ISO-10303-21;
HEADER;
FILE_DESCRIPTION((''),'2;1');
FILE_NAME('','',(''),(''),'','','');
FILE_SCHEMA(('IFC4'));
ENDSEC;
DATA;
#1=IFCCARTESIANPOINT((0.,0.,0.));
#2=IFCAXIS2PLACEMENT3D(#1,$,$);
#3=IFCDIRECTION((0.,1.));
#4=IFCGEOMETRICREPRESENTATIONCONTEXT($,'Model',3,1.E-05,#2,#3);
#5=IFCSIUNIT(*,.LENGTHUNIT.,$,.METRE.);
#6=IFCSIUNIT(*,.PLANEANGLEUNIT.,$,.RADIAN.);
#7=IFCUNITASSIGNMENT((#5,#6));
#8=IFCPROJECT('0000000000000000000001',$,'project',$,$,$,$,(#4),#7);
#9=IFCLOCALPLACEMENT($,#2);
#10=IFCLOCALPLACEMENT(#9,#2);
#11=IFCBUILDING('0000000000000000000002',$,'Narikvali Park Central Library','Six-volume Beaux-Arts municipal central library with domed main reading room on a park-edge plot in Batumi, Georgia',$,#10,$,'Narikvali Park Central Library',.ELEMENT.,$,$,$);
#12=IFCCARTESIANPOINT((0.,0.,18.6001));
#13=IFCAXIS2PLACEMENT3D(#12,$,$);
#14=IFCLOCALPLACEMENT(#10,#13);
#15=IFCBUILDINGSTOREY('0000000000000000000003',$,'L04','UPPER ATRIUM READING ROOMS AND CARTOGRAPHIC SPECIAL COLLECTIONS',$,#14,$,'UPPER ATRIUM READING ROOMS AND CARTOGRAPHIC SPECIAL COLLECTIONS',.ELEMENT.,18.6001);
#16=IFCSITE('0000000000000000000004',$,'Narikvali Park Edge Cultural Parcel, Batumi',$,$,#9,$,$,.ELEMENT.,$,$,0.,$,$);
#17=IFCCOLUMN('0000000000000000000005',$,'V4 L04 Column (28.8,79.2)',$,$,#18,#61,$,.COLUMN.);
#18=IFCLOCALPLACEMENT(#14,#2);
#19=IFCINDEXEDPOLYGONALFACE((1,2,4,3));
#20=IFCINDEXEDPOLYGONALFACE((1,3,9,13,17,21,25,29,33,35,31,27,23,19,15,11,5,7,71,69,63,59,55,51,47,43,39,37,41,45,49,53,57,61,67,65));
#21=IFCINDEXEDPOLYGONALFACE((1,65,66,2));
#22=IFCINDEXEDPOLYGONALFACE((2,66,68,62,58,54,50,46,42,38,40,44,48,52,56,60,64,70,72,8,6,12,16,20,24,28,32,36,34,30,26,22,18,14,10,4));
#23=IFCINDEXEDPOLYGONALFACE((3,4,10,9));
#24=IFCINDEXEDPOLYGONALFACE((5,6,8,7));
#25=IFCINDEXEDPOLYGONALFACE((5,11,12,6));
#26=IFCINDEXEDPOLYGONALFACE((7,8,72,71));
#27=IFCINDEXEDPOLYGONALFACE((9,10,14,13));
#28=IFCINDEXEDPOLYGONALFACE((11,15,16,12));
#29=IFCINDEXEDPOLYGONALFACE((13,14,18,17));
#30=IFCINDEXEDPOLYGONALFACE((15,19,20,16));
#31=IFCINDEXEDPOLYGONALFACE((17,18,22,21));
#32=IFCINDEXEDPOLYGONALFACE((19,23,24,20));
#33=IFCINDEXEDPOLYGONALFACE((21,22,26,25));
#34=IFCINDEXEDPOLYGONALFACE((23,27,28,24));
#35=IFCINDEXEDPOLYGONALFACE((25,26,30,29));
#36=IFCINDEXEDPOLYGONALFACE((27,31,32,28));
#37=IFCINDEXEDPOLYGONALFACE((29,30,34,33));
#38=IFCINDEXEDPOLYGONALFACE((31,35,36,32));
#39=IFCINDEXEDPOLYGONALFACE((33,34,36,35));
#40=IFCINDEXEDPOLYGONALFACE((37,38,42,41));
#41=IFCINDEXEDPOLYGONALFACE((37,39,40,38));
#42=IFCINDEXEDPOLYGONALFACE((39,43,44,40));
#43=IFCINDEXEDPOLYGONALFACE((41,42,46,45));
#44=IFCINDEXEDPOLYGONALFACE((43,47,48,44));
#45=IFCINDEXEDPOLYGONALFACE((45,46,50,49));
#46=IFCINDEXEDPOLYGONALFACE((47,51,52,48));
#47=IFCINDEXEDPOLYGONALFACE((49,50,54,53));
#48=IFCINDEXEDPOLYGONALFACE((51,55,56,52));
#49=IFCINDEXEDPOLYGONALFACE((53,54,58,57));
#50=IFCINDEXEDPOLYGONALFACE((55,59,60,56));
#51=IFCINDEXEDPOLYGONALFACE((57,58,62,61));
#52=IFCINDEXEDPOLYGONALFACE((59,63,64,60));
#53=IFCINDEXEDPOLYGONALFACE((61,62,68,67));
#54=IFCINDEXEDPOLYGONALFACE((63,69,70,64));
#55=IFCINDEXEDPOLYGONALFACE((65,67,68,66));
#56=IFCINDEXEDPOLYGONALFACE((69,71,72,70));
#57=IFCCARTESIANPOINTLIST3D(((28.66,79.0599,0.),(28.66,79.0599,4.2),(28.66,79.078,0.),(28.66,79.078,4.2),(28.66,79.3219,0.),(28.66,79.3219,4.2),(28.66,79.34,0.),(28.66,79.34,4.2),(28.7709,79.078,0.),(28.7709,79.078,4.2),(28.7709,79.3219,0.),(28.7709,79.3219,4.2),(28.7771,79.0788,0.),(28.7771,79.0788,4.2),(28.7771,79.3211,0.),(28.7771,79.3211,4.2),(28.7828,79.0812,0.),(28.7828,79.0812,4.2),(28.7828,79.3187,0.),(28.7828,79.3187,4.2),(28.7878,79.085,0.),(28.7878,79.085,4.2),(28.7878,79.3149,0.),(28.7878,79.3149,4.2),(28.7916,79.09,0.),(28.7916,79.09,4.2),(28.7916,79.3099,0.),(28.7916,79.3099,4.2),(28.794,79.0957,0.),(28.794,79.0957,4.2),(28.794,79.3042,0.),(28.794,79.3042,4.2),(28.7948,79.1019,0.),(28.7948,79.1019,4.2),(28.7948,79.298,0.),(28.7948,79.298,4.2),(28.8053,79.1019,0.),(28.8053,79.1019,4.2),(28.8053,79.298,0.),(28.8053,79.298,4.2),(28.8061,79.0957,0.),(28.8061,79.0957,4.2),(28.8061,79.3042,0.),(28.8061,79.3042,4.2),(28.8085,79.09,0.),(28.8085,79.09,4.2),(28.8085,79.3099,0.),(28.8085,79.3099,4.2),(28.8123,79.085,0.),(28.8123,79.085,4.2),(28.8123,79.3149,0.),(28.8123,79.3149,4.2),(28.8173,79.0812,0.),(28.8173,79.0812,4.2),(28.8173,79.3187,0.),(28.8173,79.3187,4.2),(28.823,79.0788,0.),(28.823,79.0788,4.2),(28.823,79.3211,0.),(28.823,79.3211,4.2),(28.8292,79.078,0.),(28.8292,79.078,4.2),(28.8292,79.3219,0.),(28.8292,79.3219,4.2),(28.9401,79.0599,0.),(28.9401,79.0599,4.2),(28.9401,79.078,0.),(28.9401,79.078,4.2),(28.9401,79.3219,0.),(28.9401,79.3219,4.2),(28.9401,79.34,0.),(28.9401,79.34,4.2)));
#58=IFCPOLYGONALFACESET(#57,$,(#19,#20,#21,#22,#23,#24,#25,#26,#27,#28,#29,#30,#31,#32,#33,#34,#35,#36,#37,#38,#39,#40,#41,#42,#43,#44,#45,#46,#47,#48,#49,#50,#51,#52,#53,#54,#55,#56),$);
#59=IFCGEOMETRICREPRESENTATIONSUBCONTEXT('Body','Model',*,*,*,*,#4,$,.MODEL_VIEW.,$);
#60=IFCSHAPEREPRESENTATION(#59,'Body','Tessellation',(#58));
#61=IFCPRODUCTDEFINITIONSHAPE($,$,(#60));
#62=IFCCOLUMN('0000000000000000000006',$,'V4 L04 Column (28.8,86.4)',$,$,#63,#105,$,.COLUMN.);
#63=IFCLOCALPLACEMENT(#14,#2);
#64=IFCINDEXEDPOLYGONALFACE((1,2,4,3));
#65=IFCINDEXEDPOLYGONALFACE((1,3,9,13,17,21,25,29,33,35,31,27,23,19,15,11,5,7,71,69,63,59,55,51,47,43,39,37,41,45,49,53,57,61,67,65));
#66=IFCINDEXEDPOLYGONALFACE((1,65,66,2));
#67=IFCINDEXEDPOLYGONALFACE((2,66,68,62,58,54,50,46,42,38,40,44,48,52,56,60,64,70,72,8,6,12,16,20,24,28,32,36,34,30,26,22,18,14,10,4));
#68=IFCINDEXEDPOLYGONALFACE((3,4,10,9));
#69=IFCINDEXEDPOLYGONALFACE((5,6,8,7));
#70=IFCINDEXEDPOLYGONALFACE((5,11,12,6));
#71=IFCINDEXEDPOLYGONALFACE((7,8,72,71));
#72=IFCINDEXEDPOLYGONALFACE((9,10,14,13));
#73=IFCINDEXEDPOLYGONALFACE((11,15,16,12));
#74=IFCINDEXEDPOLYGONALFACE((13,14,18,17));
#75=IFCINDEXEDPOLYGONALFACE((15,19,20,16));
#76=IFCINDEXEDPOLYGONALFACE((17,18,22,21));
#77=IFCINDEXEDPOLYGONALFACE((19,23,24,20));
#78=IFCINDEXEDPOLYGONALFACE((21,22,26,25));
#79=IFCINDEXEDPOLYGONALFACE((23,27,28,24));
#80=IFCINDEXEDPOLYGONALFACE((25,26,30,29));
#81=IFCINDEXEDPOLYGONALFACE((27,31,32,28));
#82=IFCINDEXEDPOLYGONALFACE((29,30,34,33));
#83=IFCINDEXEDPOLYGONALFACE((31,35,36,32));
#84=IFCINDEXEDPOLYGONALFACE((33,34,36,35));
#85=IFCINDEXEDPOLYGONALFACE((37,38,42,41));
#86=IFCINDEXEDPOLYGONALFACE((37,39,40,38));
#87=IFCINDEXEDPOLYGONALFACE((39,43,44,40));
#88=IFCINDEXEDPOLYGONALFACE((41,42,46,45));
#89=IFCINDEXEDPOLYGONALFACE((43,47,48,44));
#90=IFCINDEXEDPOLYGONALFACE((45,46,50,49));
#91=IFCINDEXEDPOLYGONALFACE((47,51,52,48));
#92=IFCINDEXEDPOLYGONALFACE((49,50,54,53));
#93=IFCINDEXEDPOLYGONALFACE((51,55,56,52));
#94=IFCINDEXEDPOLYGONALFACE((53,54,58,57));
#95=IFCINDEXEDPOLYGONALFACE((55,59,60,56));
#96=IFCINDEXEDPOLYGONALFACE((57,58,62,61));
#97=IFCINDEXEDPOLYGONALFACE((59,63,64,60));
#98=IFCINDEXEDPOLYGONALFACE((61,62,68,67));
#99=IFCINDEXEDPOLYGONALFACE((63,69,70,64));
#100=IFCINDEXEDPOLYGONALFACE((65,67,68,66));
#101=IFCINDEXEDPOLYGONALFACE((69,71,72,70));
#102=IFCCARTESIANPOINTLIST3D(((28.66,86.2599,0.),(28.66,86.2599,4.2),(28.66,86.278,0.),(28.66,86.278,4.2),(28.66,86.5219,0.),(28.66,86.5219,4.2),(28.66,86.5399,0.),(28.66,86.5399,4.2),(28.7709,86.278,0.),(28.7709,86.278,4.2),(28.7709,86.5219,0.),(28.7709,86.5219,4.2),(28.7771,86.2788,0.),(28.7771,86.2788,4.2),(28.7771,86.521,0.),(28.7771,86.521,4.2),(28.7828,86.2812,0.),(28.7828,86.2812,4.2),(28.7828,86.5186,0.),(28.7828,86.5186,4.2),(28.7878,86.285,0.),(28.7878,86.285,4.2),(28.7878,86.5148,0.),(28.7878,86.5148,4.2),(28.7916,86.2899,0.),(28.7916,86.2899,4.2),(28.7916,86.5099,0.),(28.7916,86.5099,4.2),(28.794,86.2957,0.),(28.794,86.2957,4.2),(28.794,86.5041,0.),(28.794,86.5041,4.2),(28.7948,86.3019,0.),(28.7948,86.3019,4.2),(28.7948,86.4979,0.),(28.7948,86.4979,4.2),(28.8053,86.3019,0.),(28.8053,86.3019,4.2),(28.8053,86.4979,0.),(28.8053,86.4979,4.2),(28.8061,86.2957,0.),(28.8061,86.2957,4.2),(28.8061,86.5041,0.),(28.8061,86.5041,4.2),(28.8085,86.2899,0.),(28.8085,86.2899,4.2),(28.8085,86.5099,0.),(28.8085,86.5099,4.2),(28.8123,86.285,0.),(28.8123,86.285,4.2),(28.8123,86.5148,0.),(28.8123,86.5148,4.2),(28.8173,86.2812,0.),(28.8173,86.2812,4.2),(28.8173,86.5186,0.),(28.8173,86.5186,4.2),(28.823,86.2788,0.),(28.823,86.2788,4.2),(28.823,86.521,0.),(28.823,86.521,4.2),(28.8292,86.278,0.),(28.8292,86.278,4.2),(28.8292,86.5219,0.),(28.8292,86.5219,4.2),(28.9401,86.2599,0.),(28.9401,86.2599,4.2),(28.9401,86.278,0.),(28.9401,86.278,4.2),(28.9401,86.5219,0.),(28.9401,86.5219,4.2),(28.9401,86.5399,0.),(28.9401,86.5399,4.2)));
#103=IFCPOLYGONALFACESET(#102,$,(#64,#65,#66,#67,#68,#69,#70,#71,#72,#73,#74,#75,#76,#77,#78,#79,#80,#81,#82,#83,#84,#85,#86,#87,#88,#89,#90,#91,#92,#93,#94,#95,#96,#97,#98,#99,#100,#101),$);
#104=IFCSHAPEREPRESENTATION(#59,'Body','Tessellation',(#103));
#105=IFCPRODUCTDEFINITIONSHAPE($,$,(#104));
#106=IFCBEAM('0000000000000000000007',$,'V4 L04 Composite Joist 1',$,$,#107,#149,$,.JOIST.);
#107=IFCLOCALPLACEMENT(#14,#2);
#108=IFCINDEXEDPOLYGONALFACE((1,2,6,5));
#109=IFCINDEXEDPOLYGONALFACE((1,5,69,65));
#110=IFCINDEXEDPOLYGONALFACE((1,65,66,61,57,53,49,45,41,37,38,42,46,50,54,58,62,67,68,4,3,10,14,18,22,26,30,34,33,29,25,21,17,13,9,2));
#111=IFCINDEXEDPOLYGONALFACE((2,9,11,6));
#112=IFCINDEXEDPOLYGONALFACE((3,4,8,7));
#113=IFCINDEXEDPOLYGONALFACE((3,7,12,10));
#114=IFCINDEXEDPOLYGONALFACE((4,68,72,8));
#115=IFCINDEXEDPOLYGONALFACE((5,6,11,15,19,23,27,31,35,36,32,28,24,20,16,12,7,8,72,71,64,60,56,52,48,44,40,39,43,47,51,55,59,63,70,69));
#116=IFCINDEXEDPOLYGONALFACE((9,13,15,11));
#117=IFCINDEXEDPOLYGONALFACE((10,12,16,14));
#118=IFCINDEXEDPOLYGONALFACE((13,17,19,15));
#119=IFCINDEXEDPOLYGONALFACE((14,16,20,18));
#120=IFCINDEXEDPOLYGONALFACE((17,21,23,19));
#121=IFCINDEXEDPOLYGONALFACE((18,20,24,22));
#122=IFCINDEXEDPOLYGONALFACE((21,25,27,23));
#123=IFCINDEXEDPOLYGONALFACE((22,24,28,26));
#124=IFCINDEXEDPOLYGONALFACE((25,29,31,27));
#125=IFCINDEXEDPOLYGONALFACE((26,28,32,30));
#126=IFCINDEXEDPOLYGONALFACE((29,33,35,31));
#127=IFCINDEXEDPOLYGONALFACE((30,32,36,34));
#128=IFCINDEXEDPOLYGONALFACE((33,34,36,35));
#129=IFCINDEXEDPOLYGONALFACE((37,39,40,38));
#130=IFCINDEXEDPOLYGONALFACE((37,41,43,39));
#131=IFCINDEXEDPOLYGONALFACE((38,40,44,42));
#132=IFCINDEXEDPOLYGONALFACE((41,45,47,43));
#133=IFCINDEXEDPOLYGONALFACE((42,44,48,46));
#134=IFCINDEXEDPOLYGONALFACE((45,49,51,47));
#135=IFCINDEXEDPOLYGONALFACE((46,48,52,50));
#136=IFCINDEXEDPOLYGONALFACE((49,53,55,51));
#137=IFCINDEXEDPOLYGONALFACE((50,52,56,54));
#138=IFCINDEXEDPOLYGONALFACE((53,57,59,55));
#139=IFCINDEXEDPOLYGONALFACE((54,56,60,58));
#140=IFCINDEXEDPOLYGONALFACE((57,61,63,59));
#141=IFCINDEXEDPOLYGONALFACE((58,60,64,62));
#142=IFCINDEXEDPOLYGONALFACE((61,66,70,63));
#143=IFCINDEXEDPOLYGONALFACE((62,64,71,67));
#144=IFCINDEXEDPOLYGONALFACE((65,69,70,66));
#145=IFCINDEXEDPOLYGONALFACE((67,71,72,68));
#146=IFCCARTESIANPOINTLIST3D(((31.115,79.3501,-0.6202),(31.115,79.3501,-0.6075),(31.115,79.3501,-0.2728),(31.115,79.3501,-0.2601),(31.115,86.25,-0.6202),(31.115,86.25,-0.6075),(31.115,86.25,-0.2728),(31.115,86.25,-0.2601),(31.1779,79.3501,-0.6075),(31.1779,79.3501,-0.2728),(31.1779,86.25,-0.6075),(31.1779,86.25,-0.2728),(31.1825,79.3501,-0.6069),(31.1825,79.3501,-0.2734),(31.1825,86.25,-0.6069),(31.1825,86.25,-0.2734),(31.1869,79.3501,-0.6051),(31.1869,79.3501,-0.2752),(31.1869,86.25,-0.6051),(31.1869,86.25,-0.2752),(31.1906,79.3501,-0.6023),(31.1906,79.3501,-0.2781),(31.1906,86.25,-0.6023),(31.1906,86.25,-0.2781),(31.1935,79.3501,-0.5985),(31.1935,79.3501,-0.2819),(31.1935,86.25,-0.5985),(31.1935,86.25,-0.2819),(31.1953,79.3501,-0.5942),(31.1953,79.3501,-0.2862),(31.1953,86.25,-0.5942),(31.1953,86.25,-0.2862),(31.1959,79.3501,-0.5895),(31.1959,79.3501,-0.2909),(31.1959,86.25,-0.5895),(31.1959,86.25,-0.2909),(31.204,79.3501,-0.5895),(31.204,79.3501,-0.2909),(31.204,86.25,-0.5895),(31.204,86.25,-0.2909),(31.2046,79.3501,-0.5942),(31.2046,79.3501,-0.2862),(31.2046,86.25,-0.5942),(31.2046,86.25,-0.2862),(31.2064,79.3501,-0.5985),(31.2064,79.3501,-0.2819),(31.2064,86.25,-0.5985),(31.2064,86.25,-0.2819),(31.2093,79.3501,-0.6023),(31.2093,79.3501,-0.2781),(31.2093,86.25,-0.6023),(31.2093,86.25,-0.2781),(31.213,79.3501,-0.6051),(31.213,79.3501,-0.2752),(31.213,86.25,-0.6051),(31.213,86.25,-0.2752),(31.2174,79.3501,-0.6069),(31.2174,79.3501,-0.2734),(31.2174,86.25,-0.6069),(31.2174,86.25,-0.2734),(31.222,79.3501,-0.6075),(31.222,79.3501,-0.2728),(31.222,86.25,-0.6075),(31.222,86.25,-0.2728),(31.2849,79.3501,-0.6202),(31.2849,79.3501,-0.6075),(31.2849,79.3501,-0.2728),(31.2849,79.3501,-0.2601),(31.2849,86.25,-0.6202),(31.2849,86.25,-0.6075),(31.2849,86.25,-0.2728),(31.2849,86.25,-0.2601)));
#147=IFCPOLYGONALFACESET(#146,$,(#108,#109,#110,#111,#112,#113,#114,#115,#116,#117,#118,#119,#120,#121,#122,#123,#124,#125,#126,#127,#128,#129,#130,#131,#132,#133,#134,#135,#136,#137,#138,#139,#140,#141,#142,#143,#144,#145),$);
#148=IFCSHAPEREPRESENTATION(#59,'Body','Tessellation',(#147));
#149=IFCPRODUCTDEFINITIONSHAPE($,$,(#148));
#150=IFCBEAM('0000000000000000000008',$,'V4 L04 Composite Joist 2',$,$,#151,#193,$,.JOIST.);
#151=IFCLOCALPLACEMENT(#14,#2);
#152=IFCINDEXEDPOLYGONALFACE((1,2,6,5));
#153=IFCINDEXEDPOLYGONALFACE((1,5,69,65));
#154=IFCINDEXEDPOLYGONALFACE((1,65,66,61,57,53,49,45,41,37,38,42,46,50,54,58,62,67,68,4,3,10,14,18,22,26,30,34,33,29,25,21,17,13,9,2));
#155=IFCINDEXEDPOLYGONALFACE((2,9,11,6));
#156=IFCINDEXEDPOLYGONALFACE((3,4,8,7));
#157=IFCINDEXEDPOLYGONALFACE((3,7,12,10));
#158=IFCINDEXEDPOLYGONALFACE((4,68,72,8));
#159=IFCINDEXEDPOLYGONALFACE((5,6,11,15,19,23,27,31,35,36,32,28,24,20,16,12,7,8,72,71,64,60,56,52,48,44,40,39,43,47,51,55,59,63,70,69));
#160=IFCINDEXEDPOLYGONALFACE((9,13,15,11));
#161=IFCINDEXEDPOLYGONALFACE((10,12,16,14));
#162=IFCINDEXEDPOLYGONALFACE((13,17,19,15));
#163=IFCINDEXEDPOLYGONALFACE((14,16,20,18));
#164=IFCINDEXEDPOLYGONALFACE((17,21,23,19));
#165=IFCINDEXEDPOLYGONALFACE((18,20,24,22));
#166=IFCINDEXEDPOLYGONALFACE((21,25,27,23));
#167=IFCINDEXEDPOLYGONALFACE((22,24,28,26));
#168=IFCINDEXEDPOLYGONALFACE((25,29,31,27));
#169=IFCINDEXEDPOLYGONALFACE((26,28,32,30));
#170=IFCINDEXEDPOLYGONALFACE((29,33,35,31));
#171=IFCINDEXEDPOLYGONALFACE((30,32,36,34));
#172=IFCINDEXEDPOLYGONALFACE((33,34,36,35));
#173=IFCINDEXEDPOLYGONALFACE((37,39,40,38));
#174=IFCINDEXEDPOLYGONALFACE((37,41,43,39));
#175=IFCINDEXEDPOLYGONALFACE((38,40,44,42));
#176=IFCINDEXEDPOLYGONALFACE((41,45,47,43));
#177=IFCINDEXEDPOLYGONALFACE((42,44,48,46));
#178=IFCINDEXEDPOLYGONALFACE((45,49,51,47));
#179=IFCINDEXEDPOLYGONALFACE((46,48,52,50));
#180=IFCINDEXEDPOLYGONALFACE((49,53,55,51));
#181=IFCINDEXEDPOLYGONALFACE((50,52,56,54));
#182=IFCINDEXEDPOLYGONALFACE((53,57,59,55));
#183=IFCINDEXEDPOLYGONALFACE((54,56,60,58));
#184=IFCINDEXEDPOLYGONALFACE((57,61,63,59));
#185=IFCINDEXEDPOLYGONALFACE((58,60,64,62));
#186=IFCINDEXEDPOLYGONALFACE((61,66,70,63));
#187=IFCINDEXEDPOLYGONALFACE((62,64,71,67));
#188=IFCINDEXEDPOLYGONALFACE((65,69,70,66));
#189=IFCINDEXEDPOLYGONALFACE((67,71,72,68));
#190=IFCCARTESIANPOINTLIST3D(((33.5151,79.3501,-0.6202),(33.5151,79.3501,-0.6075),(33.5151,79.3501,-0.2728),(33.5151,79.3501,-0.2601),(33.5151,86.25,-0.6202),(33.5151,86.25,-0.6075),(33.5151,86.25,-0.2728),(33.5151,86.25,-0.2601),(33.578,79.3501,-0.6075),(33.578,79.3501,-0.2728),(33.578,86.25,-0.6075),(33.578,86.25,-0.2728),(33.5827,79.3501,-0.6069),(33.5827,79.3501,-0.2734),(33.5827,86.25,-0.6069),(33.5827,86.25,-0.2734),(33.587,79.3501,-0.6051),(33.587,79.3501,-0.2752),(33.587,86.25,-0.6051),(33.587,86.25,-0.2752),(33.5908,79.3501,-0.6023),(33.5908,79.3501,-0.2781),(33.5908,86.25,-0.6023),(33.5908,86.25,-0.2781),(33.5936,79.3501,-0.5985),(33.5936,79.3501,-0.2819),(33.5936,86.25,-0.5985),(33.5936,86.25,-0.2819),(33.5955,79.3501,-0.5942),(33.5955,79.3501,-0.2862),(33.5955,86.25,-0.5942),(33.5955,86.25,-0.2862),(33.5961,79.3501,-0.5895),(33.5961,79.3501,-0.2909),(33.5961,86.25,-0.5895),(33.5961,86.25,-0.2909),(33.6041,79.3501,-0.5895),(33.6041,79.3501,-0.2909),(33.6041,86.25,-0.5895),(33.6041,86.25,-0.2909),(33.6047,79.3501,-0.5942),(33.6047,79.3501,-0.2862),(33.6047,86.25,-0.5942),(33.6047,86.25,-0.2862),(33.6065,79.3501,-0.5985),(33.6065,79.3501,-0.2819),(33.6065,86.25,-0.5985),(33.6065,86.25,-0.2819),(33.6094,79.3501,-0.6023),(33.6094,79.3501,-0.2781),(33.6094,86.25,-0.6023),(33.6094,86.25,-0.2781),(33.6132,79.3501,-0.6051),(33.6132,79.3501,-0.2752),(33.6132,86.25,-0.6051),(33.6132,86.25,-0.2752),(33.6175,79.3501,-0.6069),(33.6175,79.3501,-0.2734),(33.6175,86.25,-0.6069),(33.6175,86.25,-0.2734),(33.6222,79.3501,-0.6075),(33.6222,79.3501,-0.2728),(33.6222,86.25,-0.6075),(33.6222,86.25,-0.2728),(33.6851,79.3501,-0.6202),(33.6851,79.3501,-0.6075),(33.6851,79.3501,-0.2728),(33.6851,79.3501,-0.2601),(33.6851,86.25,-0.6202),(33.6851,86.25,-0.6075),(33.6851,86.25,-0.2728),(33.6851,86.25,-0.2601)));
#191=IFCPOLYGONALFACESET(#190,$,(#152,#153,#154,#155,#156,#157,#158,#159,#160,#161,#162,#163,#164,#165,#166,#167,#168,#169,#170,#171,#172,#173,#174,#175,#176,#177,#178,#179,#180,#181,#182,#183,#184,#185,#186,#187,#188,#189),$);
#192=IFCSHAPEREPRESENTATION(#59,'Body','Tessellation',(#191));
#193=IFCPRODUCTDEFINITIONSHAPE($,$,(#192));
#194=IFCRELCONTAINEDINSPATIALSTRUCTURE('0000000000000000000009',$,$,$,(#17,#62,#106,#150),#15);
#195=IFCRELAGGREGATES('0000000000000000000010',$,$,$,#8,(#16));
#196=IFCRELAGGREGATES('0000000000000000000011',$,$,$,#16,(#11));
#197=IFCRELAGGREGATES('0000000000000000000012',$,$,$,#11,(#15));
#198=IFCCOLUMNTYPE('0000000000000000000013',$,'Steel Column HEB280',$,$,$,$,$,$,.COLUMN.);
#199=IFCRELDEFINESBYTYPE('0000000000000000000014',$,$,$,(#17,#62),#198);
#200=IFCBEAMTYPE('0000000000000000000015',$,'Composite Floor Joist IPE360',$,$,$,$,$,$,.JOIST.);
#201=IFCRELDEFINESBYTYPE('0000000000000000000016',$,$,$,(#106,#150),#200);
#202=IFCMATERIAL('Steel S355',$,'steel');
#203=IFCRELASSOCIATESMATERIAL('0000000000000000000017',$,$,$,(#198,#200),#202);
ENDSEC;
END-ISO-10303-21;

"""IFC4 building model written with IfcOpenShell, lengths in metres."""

from ifc_helpers import new_model, si_unit, direction, frame, origin, origin_2d, place, context, subcontext, project, spatial, i_section, extrude, material, material_profile, profile_set, type_object, element, save


model = new_model("IFC4")

# Units and contexts
model_context = context("Model", 3, precision=1e-05, world=origin(), true_north=direction((0.0, 1.0)))
body_context = subcontext(model_context, "Body", "Model", "MODEL_VIEW")
ifc_project = project(units=[si_unit("LENGTHUNIT", "METRE"), si_unit("PLANEANGLEUNIT", "RADIAN")], contexts=[model_context])

# Site, building, storey
site_placement = place(None, origin())
site = spatial("IfcSite", under=ifc_project, at=site_placement, Name="Narikvali Park Edge Cultural Parcel, Batumi", CompositionType="ELEMENT", RefElevation=0.0)
building_placement = place(site_placement, origin())
building = spatial("IfcBuilding", under=site, at=building_placement, Name="Narikvali Park Central Library", Description="Six-volume Beaux-Arts municipal central library with domed main reading room on a park-edge plot in Batumi, Georgia", LongName="Narikvali Park Central Library", CompositionType="ELEMENT")
storey_placement = place(building_placement, frame((0.0, 0.0, 18.6001)))
storey = spatial("IfcBuildingStorey", under=building, at=storey_placement, Name="L04", Description="UPPER ATRIUM READING ROOMS AND CARTOGRAPHIC SPECIAL COLLECTIONS", LongName="UPPER ATRIUM READING ROOMS AND CARTOGRAPHIC SPECIAL COLLECTIONS", CompositionType="ELEMENT", Elevation=18.6001)

# Columns
ifc_material_1 = material(Name="Steel S355", Category="steel")
ifc_material_profile_1 = material_profile(ifc_material_1, i_section(OverallWidth=0.28, OverallDepth=0.28, WebThickness=0.0105, FlangeThickness=0.0181, FilletRadius=0.0239, at=origin_2d()), Name="HEB 280")
ifc_profile_set_1 = profile_set([ifc_material_profile_1], Name="Steel S355")
column_type = type_object("IfcColumnType", Name="Steel Column HEB280", PredefinedType="COLUMN", material=ifc_profile_set_1)
for number, where, z_axis, x_axis, name in (
    (1, (28.8, 79.2, 0.0), (0.0, 0.0, 1.0), (1.0, 0.0, 0.0), "V4 L04 Column (28.8,79.2)"),
    (2, (28.8, 86.3999, 0.0), (0.0, 0.0, 1.0), (1.0, 0.0, 0.0), "V4 L04 Column (28.8,86.4)"),
):
    element("IfcColumn", number, at=place(storey_placement, frame(where, z_axis=z_axis, x_axis=x_axis)), inside=storey, type_object=column_type, Name=name, PredefinedType="COLUMN", context=body_context, shape_type="SweptSolid", body=[
        extrude(i_section(OverallWidth=0.28, OverallDepth=0.28, WebThickness=0.0105, FlangeThickness=0.0181, FilletRadius=0.0239, at=origin_2d()), origin(), (0.0, 0.0, 1.0), 4.2),
    ])

# Beams
ifc_material_profile_2 = material_profile(ifc_material_1, i_section(OverallWidth=0.1699, OverallDepth=0.3601, WebThickness=0.0081, FlangeThickness=0.0127, FilletRadius=0.0181, at=origin_2d()), Name="IPE 360")
ifc_profile_set_2 = profile_set([ifc_material_profile_2], Name="Steel S355")
beam_type_1 = type_object("IfcBeamType", Name="Composite Floor Joist IPE360", PredefinedType="JOIST", material=ifc_profile_set_2)
for number, where, z_axis, x_axis, name in (
    (3, (31.2, 79.3501, -0.4402), (0.0, 1.0, 0.0), (-1.0, 0.0, 0.0), "V4 L04 Composite Joist 1"),
    (4, (33.6001, 79.3501, -0.4402), (0.0, 1.0, 0.0), (-1.0, 0.0, 0.0), "V4 L04 Composite Joist 2"),
):
    element("IfcBeam", number, at=place(storey_placement, frame(where, z_axis=z_axis, x_axis=x_axis)), inside=storey, type_object=beam_type_1, Name=name, PredefinedType="JOIST", context=body_context, shape_type="SweptSolid", body=[
        extrude(i_section(OverallWidth=0.1699, OverallDepth=0.3601, WebThickness=0.0081, FlangeThickness=0.0127, FilletRadius=0.0181, at=origin_2d()), origin(), (0.0, 0.0, 1.0), 6.8999),
    ])

save(model, "model.ifc")
